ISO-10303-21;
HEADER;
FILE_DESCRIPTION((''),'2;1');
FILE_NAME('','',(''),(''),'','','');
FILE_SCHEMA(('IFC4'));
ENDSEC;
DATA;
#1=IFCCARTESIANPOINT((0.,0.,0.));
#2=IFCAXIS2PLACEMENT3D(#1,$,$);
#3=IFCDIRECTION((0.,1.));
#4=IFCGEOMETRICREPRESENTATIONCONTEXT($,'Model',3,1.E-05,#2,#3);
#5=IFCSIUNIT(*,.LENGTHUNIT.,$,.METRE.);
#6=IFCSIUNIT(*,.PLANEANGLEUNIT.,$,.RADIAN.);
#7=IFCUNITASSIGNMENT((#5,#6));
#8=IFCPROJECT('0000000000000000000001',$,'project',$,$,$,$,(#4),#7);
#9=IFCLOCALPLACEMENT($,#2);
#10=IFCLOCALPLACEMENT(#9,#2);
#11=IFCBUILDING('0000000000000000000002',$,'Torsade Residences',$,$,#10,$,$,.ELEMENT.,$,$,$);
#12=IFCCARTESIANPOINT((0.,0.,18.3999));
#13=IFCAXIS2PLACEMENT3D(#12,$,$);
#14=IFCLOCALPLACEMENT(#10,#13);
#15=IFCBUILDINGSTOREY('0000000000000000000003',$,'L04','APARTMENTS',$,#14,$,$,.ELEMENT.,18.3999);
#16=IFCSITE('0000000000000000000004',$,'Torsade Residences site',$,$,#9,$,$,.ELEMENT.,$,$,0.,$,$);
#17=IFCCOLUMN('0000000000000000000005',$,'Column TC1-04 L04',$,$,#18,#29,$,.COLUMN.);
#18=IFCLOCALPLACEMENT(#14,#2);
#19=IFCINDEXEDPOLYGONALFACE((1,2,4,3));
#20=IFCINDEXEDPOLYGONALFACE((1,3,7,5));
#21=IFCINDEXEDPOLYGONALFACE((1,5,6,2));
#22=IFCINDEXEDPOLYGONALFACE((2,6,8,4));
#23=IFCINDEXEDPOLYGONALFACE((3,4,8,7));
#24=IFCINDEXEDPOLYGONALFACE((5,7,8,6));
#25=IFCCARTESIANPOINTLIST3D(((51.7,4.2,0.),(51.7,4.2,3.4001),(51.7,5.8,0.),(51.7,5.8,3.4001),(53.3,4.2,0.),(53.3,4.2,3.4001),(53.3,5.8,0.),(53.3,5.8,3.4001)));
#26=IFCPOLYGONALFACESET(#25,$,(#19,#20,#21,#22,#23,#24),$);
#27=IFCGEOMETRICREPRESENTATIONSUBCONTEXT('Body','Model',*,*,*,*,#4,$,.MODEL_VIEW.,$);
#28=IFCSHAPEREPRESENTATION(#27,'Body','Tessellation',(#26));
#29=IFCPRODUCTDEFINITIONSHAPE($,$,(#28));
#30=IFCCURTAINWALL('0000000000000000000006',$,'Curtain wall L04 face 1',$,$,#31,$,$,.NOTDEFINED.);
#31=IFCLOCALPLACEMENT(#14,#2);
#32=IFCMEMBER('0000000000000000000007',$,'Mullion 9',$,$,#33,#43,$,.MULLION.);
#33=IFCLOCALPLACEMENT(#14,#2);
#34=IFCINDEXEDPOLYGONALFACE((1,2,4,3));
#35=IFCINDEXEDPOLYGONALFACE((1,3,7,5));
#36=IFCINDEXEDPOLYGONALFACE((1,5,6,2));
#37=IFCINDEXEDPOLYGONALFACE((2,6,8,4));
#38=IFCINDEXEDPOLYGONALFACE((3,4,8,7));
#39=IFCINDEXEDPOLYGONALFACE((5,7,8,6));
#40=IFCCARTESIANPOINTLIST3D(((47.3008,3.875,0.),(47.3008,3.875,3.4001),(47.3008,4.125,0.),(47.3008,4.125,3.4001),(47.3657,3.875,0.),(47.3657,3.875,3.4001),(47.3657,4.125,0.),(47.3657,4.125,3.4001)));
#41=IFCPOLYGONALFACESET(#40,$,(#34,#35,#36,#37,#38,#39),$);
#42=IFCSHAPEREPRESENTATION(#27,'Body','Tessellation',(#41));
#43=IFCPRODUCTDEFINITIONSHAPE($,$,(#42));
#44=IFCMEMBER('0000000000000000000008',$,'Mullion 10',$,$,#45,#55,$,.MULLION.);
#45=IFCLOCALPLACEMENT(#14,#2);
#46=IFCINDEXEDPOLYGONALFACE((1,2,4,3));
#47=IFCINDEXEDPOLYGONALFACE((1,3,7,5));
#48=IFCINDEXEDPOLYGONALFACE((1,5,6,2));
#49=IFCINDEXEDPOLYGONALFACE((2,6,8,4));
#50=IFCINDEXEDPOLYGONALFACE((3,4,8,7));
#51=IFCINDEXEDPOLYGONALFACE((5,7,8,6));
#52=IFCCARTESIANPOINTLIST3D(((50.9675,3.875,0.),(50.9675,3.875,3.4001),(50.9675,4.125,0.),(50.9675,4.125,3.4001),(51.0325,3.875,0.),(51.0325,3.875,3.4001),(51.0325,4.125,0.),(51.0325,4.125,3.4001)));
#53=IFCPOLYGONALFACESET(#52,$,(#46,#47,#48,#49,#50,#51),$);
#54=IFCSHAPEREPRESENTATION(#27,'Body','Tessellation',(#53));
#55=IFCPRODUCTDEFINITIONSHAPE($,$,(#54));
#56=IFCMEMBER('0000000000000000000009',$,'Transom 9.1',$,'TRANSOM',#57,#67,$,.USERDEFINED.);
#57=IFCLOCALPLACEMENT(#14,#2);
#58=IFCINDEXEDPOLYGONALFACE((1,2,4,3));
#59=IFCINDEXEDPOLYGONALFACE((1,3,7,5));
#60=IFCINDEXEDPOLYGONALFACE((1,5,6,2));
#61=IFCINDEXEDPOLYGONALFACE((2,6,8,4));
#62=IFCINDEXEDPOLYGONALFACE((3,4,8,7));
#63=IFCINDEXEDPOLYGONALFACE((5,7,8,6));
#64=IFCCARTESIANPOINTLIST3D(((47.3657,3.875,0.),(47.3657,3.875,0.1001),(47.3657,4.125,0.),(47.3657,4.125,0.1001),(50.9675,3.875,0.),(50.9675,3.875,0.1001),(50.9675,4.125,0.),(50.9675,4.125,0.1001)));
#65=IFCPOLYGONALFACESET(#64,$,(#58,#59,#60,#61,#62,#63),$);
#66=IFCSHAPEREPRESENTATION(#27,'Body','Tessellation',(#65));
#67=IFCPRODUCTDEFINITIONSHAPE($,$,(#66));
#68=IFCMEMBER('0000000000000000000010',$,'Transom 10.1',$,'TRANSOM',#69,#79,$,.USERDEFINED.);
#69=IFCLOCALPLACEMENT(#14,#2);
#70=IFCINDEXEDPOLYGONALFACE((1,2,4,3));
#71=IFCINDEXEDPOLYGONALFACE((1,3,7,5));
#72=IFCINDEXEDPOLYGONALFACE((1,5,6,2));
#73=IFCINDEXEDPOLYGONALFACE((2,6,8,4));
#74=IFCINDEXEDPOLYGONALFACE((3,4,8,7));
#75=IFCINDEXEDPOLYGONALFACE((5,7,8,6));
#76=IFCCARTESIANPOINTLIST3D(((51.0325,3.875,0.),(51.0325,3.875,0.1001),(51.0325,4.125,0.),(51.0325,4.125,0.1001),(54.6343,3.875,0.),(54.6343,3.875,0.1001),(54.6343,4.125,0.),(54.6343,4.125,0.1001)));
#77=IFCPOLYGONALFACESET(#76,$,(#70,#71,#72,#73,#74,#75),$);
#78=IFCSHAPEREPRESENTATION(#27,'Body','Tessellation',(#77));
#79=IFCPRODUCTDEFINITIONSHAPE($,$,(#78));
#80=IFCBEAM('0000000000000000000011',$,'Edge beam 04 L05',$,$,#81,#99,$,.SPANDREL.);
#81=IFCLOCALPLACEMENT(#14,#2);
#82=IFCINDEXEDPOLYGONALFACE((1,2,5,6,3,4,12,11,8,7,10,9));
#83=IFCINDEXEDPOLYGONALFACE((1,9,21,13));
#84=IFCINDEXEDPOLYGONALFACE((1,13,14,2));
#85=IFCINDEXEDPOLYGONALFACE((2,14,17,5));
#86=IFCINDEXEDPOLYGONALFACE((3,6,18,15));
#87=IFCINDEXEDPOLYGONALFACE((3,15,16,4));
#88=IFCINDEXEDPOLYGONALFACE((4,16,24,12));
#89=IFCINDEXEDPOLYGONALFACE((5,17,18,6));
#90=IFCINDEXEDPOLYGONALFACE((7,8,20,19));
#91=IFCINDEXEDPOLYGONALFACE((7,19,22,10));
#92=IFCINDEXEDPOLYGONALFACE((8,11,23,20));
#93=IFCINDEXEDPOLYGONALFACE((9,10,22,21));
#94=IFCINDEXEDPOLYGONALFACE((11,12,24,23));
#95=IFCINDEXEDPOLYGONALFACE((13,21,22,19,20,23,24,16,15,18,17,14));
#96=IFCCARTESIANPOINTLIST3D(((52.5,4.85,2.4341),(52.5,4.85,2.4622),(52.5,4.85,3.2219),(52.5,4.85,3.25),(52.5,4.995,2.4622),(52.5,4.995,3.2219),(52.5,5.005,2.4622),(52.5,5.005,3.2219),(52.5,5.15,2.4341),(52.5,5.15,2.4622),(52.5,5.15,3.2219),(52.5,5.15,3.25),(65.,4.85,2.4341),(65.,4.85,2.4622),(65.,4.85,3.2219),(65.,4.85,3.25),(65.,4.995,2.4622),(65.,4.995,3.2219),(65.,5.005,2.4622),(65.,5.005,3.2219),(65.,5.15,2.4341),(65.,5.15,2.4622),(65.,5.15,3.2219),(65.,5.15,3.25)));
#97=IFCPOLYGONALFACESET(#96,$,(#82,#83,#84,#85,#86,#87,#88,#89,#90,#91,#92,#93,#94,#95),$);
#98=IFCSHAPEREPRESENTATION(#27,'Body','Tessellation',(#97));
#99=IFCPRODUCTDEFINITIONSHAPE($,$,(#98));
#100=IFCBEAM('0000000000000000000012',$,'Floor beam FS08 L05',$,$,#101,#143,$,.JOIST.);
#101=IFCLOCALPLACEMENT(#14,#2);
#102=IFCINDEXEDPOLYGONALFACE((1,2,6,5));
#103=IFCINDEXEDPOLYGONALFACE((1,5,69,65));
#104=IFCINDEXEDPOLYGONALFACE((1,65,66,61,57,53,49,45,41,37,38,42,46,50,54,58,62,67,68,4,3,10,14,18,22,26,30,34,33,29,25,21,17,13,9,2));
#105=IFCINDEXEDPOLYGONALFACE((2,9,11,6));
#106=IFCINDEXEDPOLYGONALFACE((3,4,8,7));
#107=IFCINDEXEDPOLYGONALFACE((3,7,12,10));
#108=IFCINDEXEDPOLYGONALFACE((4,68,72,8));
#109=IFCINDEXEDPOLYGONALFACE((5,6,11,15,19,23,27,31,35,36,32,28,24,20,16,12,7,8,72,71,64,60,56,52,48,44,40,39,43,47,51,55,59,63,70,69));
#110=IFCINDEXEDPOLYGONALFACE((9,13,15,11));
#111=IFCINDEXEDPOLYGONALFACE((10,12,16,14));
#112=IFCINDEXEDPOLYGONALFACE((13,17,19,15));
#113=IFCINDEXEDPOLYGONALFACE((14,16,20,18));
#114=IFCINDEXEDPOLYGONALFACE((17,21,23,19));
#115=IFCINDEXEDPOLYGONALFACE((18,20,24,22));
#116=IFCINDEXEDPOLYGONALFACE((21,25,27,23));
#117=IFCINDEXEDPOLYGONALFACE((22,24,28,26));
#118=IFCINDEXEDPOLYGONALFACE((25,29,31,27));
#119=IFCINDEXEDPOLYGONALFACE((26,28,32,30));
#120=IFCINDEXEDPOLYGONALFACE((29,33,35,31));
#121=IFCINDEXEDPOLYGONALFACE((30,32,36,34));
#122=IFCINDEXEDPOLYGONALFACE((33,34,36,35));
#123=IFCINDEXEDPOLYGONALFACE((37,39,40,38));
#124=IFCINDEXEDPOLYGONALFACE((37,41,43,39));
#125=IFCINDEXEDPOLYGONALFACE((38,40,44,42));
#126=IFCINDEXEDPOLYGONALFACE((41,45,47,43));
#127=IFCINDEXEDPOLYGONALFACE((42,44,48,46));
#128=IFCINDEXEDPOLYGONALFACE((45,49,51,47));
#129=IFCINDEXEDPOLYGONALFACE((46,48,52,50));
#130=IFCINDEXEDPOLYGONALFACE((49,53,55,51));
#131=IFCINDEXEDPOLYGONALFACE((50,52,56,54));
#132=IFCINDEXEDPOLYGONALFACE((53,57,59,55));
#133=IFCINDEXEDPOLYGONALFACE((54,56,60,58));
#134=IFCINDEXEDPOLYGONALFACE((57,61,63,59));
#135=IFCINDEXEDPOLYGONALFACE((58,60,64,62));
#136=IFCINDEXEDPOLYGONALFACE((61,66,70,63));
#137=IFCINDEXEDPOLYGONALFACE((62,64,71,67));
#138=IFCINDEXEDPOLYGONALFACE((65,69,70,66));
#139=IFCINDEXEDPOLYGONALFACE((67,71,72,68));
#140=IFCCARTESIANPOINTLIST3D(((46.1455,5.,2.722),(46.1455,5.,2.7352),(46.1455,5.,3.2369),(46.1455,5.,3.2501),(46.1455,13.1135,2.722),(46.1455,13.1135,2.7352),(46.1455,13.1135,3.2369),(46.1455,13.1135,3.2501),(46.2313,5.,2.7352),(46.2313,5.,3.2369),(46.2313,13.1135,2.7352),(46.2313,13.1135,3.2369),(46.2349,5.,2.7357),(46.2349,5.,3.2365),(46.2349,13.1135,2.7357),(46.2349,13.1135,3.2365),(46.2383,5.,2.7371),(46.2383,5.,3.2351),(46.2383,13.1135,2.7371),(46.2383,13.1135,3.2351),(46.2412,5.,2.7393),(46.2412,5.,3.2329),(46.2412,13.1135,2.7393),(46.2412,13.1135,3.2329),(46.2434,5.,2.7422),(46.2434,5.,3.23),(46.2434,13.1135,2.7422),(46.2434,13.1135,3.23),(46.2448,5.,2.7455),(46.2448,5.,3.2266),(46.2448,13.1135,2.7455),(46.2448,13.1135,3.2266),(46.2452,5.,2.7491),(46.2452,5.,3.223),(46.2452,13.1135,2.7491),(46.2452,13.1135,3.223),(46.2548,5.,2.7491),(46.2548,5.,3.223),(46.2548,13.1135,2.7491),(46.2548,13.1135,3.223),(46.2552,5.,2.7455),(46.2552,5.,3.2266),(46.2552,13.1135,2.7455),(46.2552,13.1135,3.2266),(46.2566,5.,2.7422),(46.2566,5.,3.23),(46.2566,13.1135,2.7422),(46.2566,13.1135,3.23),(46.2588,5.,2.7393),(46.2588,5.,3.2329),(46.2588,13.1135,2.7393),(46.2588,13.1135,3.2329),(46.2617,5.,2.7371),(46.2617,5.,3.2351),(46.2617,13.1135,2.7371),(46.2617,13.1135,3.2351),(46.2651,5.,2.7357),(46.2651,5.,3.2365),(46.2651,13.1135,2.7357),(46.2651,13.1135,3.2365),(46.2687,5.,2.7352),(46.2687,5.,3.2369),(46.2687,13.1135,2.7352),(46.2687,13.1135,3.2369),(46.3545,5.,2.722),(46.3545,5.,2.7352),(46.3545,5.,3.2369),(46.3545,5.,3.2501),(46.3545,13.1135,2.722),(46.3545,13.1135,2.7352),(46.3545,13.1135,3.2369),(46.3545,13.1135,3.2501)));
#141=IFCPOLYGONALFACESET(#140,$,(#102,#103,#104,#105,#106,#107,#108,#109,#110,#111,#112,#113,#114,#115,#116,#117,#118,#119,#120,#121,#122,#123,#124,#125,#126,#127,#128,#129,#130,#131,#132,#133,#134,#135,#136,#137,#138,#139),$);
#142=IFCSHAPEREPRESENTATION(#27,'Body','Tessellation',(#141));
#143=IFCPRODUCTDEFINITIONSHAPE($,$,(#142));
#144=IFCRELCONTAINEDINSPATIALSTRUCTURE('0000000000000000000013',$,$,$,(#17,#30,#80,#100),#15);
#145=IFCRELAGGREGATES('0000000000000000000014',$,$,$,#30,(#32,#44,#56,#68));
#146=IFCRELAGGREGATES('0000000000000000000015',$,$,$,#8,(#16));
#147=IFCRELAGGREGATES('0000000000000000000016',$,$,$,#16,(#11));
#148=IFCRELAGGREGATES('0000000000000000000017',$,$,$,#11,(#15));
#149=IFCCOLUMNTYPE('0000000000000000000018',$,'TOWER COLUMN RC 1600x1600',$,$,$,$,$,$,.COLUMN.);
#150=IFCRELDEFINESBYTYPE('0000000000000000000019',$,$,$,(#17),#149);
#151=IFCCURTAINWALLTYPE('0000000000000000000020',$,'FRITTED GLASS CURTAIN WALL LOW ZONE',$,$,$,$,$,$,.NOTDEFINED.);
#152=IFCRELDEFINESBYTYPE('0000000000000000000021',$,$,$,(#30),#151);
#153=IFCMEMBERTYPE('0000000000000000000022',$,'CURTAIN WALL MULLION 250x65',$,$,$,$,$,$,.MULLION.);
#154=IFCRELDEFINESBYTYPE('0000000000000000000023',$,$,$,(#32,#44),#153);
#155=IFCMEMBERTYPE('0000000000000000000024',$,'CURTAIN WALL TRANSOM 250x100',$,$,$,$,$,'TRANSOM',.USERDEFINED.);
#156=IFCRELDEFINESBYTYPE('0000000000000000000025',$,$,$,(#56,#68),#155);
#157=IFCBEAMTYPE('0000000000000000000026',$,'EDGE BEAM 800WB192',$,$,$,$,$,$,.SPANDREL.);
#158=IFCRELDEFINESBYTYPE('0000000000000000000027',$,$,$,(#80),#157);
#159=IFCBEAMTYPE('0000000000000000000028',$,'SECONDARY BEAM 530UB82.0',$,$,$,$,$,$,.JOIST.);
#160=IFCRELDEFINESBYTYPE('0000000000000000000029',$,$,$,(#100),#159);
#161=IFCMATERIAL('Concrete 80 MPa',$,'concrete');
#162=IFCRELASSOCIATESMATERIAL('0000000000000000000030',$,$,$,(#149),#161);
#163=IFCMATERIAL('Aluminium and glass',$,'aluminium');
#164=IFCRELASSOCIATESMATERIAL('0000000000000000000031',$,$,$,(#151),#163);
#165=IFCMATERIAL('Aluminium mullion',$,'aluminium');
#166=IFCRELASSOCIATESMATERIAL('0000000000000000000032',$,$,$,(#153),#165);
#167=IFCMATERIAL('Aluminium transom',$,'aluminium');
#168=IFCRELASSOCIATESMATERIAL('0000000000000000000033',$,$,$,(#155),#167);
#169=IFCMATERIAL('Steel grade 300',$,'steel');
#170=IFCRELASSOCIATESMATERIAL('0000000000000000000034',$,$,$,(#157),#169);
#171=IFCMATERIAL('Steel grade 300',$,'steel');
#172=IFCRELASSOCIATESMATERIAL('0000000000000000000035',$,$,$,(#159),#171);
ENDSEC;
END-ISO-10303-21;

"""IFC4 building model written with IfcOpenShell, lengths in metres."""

from ifc_helpers import new_model, si_unit, direction, frame, origin, origin_2d, place, context, subcontext, project, spatial, rectangle, i_section, extrude, material, material_profile, profile_set, type_object, element, aggregate, save


model = new_model("IFC4")

# Units and contexts
model_context = context("Model", 3, precision=1e-05, world=origin(), true_north=direction((0.0, 1.0)))
body_context = subcontext(model_context, "Body", "Model", "MODEL_VIEW")
ifc_project = project(units=[si_unit("LENGTHUNIT", "METRE"), si_unit("PLANEANGLEUNIT", "RADIAN")], contexts=[model_context])

# Site, building, storey
site_placement = place(None, origin())
site = spatial("IfcSite", under=ifc_project, at=site_placement, Name="Torsade Residences site", CompositionType="ELEMENT", RefElevation=0.0)
building_placement = place(site_placement, origin())
building = spatial("IfcBuilding", under=site, at=building_placement, Name="Torsade Residences", CompositionType="ELEMENT")
storey_placement = place(building_placement, frame((0.0, 0.0, 18.3999)))
storey = spatial("IfcBuildingStorey", under=building, at=storey_placement, Name="L04", Description="APARTMENTS", CompositionType="ELEMENT", Elevation=18.3999)

# Column
ifc_material_1 = material(Name="Concrete 80 MPa", Category="concrete")
ifc_material_profile_1 = material_profile(ifc_material_1, rectangle(XDim=1.6001, YDim=1.6001, at=origin_2d()), Name="RC 1600x1600")
ifc_profile_set_1 = profile_set([ifc_material_profile_1], Name="Concrete 80 MPa")
column_type = type_object("IfcColumnType", Name="TOWER COLUMN RC 1600x1600", PredefinedType="COLUMN", material=ifc_profile_set_1)
column_placement = place(storey_placement, frame((52.5, 5.0, 0.0), z_axis=(0.0, 0.0, 1.0), x_axis=(1.0, 0.0, 0.0)))
element("IfcColumn", 1, at=column_placement, inside=storey, type_object=column_type, Name="Column TC1-04 L04", PredefinedType="COLUMN", context=body_context, shape_type="SweptSolid", body=[
    extrude(rectangle(XDim=1.6001, YDim=1.6001, at=origin_2d()), origin(), (0.0, 0.0, 1.0), 3.4001),
])

# Curtain wall, members
ifc_material_2 = material(Name="Aluminium and glass", Category="aluminium")
curtain_wall_type = type_object("IfcCurtainWallType", Name="FRITTED GLASS CURTAIN WALL LOW ZONE", PredefinedType="NOTDEFINED", material=ifc_material_2)
curtain_wall_placement = place(storey_placement, origin())
curtain_wall = element("IfcCurtainWall", 2, at=curtain_wall_placement, inside=storey, type_object=curtain_wall_type, Name="Curtain wall L04 face 1", PredefinedType="NOTDEFINED")
ifc_material_3 = material(Name="Aluminium mullion", Category="aluminium")
ifc_material_profile_2 = material_profile(ifc_material_3, rectangle(XDim=0.25, YDim=0.0649, at=origin_2d()), Name="CURTAIN WALL MULLION 250x65")
ifc_profile_set_2 = profile_set([ifc_material_profile_2], Name="Aluminium mullion")
member_type_1 = type_object("IfcMemberType", Name="CURTAIN WALL MULLION 250x65", PredefinedType="MULLION", material=ifc_profile_set_2)
member_1_placement = place(storey_placement, frame((47.3333, 4.0, 0.0), z_axis=(0.0, 0.0, 1.0), x_axis=(0.0, 1.0, 0.0)))
member_1 = element("IfcMember", 3, at=member_1_placement, type_object=member_type_1, Name="Mullion 9", PredefinedType="MULLION", context=body_context, shape_type="SweptSolid", body=[
    extrude(rectangle(XDim=0.25, YDim=0.0649, at=origin_2d()), origin(), (0.0, 0.0, 1.0), 3.4001),
])
member_2_placement = place(storey_placement, frame((51.0, 4.0, 0.0), z_axis=(0.0, 0.0, 1.0), x_axis=(0.0, 1.0, 0.0)))
member_2 = element("IfcMember", 4, at=member_2_placement, type_object=member_type_1, Name="Mullion 10", PredefinedType="MULLION", context=body_context, shape_type="SweptSolid", body=[
    extrude(rectangle(XDim=0.25, YDim=0.0649, at=origin_2d()), origin(), (0.0, 0.0, 1.0), 3.4001),
])
ifc_material_4 = material(Name="Aluminium transom", Category="aluminium")
ifc_material_profile_3 = material_profile(ifc_material_4, rectangle(XDim=0.25, YDim=0.1001, at=origin_2d()), Name="CURTAIN WALL TRANSOM 250x100")
ifc_profile_set_3 = profile_set([ifc_material_profile_3], Name="Aluminium transom")
member_type_2 = type_object("IfcMemberType", Name="CURTAIN WALL TRANSOM 250x100", ElementType="TRANSOM", PredefinedType="USERDEFINED", material=ifc_profile_set_3)
member_3_placement = place(storey_placement, frame((47.3657, 4.0, 0.05), z_axis=(1.0, 0.0, 0.0), x_axis=(0.0, 1.0, 0.0)))
member_3 = element("IfcMember", 5, at=member_3_placement, type_object=member_type_2, Name="Transom 9.1", ObjectType="TRANSOM", PredefinedType="USERDEFINED", context=body_context, shape_type="SweptSolid", body=[
    extrude(rectangle(XDim=0.25, YDim=0.1001, at=origin_2d()), origin(), (0.0, 0.0, 1.0), 3.6018),
])
member_4_placement = place(storey_placement, frame((51.0325, 4.0, 0.05), z_axis=(1.0, 0.0, 0.0), x_axis=(0.0, 1.0, 0.0)))
member_4 = element("IfcMember", 6, at=member_4_placement, type_object=member_type_2, Name="Transom 10.1", ObjectType="TRANSOM", PredefinedType="USERDEFINED", context=body_context, shape_type="SweptSolid", body=[
    extrude(rectangle(XDim=0.25, YDim=0.1001, at=origin_2d()), origin(), (0.0, 0.0, 1.0), 3.6018),
])

# Beams
ifc_material_5 = material(Name="Steel grade 300", Category="steel")
ifc_material_profile_4 = material_profile(ifc_material_5, i_section(OverallWidth=0.3, OverallDepth=0.8159, WebThickness=0.01, FlangeThickness=0.0281, at=origin_2d()), Name="800WB192")
ifc_profile_set_4 = profile_set([ifc_material_profile_4], Name="Steel grade 300")
beam_type_1 = type_object("IfcBeamType", Name="EDGE BEAM 800WB192", PredefinedType="SPANDREL", material=ifc_profile_set_4)
beam_1_placement = place(storey_placement, frame((52.5, 5.0, 2.842), z_axis=(1.0, 0.0, 0.0), x_axis=(0.0, 1.0, 0.0)))
element("IfcBeam", 7, at=beam_1_placement, inside=storey, type_object=beam_type_1, Name="Edge beam 04 L05", PredefinedType="SPANDREL", context=body_context, shape_type="SweptSolid", body=[
    extrude(i_section(OverallWidth=0.3, OverallDepth=0.8159, WebThickness=0.01, FlangeThickness=0.0281, at=origin_2d()), origin(), (0.0, 0.0, 1.0), 12.5),
])
ifc_material_6 = material(Name="Steel grade 300", Category="steel")
ifc_material_profile_5 = material_profile(ifc_material_6, i_section(OverallWidth=0.209, OverallDepth=0.5281, WebThickness=0.0095, FlangeThickness=0.0132, FilletRadius=0.0139, at=origin_2d()), Name="530UB82.0")
ifc_profile_set_5 = profile_set([ifc_material_profile_5], Name="Steel grade 300")
beam_type_2 = type_object("IfcBeamType", Name="SECONDARY BEAM 530UB82.0", PredefinedType="JOIST", material=ifc_profile_set_5)
beam_2_placement = place(storey_placement, frame((46.25, 5.0, 2.9861), z_axis=(0.0, 1.0, 0.0), x_axis=(-1.0, 0.0, 0.0)))
element("IfcBeam", 8, at=beam_2_placement, inside=storey, type_object=beam_type_2, Name="Floor beam FS08 L05", PredefinedType="JOIST", context=body_context, shape_type="SweptSolid", body=[
    extrude(i_section(OverallWidth=0.209, OverallDepth=0.5281, WebThickness=0.0095, FlangeThickness=0.0132, FilletRadius=0.0139, at=origin_2d()), origin(), (0.0, 0.0, 1.0), 8.1135),
])

aggregate(curtain_wall, [member_1, member_2, member_3, member_4])

save(model, "model.ifc")
